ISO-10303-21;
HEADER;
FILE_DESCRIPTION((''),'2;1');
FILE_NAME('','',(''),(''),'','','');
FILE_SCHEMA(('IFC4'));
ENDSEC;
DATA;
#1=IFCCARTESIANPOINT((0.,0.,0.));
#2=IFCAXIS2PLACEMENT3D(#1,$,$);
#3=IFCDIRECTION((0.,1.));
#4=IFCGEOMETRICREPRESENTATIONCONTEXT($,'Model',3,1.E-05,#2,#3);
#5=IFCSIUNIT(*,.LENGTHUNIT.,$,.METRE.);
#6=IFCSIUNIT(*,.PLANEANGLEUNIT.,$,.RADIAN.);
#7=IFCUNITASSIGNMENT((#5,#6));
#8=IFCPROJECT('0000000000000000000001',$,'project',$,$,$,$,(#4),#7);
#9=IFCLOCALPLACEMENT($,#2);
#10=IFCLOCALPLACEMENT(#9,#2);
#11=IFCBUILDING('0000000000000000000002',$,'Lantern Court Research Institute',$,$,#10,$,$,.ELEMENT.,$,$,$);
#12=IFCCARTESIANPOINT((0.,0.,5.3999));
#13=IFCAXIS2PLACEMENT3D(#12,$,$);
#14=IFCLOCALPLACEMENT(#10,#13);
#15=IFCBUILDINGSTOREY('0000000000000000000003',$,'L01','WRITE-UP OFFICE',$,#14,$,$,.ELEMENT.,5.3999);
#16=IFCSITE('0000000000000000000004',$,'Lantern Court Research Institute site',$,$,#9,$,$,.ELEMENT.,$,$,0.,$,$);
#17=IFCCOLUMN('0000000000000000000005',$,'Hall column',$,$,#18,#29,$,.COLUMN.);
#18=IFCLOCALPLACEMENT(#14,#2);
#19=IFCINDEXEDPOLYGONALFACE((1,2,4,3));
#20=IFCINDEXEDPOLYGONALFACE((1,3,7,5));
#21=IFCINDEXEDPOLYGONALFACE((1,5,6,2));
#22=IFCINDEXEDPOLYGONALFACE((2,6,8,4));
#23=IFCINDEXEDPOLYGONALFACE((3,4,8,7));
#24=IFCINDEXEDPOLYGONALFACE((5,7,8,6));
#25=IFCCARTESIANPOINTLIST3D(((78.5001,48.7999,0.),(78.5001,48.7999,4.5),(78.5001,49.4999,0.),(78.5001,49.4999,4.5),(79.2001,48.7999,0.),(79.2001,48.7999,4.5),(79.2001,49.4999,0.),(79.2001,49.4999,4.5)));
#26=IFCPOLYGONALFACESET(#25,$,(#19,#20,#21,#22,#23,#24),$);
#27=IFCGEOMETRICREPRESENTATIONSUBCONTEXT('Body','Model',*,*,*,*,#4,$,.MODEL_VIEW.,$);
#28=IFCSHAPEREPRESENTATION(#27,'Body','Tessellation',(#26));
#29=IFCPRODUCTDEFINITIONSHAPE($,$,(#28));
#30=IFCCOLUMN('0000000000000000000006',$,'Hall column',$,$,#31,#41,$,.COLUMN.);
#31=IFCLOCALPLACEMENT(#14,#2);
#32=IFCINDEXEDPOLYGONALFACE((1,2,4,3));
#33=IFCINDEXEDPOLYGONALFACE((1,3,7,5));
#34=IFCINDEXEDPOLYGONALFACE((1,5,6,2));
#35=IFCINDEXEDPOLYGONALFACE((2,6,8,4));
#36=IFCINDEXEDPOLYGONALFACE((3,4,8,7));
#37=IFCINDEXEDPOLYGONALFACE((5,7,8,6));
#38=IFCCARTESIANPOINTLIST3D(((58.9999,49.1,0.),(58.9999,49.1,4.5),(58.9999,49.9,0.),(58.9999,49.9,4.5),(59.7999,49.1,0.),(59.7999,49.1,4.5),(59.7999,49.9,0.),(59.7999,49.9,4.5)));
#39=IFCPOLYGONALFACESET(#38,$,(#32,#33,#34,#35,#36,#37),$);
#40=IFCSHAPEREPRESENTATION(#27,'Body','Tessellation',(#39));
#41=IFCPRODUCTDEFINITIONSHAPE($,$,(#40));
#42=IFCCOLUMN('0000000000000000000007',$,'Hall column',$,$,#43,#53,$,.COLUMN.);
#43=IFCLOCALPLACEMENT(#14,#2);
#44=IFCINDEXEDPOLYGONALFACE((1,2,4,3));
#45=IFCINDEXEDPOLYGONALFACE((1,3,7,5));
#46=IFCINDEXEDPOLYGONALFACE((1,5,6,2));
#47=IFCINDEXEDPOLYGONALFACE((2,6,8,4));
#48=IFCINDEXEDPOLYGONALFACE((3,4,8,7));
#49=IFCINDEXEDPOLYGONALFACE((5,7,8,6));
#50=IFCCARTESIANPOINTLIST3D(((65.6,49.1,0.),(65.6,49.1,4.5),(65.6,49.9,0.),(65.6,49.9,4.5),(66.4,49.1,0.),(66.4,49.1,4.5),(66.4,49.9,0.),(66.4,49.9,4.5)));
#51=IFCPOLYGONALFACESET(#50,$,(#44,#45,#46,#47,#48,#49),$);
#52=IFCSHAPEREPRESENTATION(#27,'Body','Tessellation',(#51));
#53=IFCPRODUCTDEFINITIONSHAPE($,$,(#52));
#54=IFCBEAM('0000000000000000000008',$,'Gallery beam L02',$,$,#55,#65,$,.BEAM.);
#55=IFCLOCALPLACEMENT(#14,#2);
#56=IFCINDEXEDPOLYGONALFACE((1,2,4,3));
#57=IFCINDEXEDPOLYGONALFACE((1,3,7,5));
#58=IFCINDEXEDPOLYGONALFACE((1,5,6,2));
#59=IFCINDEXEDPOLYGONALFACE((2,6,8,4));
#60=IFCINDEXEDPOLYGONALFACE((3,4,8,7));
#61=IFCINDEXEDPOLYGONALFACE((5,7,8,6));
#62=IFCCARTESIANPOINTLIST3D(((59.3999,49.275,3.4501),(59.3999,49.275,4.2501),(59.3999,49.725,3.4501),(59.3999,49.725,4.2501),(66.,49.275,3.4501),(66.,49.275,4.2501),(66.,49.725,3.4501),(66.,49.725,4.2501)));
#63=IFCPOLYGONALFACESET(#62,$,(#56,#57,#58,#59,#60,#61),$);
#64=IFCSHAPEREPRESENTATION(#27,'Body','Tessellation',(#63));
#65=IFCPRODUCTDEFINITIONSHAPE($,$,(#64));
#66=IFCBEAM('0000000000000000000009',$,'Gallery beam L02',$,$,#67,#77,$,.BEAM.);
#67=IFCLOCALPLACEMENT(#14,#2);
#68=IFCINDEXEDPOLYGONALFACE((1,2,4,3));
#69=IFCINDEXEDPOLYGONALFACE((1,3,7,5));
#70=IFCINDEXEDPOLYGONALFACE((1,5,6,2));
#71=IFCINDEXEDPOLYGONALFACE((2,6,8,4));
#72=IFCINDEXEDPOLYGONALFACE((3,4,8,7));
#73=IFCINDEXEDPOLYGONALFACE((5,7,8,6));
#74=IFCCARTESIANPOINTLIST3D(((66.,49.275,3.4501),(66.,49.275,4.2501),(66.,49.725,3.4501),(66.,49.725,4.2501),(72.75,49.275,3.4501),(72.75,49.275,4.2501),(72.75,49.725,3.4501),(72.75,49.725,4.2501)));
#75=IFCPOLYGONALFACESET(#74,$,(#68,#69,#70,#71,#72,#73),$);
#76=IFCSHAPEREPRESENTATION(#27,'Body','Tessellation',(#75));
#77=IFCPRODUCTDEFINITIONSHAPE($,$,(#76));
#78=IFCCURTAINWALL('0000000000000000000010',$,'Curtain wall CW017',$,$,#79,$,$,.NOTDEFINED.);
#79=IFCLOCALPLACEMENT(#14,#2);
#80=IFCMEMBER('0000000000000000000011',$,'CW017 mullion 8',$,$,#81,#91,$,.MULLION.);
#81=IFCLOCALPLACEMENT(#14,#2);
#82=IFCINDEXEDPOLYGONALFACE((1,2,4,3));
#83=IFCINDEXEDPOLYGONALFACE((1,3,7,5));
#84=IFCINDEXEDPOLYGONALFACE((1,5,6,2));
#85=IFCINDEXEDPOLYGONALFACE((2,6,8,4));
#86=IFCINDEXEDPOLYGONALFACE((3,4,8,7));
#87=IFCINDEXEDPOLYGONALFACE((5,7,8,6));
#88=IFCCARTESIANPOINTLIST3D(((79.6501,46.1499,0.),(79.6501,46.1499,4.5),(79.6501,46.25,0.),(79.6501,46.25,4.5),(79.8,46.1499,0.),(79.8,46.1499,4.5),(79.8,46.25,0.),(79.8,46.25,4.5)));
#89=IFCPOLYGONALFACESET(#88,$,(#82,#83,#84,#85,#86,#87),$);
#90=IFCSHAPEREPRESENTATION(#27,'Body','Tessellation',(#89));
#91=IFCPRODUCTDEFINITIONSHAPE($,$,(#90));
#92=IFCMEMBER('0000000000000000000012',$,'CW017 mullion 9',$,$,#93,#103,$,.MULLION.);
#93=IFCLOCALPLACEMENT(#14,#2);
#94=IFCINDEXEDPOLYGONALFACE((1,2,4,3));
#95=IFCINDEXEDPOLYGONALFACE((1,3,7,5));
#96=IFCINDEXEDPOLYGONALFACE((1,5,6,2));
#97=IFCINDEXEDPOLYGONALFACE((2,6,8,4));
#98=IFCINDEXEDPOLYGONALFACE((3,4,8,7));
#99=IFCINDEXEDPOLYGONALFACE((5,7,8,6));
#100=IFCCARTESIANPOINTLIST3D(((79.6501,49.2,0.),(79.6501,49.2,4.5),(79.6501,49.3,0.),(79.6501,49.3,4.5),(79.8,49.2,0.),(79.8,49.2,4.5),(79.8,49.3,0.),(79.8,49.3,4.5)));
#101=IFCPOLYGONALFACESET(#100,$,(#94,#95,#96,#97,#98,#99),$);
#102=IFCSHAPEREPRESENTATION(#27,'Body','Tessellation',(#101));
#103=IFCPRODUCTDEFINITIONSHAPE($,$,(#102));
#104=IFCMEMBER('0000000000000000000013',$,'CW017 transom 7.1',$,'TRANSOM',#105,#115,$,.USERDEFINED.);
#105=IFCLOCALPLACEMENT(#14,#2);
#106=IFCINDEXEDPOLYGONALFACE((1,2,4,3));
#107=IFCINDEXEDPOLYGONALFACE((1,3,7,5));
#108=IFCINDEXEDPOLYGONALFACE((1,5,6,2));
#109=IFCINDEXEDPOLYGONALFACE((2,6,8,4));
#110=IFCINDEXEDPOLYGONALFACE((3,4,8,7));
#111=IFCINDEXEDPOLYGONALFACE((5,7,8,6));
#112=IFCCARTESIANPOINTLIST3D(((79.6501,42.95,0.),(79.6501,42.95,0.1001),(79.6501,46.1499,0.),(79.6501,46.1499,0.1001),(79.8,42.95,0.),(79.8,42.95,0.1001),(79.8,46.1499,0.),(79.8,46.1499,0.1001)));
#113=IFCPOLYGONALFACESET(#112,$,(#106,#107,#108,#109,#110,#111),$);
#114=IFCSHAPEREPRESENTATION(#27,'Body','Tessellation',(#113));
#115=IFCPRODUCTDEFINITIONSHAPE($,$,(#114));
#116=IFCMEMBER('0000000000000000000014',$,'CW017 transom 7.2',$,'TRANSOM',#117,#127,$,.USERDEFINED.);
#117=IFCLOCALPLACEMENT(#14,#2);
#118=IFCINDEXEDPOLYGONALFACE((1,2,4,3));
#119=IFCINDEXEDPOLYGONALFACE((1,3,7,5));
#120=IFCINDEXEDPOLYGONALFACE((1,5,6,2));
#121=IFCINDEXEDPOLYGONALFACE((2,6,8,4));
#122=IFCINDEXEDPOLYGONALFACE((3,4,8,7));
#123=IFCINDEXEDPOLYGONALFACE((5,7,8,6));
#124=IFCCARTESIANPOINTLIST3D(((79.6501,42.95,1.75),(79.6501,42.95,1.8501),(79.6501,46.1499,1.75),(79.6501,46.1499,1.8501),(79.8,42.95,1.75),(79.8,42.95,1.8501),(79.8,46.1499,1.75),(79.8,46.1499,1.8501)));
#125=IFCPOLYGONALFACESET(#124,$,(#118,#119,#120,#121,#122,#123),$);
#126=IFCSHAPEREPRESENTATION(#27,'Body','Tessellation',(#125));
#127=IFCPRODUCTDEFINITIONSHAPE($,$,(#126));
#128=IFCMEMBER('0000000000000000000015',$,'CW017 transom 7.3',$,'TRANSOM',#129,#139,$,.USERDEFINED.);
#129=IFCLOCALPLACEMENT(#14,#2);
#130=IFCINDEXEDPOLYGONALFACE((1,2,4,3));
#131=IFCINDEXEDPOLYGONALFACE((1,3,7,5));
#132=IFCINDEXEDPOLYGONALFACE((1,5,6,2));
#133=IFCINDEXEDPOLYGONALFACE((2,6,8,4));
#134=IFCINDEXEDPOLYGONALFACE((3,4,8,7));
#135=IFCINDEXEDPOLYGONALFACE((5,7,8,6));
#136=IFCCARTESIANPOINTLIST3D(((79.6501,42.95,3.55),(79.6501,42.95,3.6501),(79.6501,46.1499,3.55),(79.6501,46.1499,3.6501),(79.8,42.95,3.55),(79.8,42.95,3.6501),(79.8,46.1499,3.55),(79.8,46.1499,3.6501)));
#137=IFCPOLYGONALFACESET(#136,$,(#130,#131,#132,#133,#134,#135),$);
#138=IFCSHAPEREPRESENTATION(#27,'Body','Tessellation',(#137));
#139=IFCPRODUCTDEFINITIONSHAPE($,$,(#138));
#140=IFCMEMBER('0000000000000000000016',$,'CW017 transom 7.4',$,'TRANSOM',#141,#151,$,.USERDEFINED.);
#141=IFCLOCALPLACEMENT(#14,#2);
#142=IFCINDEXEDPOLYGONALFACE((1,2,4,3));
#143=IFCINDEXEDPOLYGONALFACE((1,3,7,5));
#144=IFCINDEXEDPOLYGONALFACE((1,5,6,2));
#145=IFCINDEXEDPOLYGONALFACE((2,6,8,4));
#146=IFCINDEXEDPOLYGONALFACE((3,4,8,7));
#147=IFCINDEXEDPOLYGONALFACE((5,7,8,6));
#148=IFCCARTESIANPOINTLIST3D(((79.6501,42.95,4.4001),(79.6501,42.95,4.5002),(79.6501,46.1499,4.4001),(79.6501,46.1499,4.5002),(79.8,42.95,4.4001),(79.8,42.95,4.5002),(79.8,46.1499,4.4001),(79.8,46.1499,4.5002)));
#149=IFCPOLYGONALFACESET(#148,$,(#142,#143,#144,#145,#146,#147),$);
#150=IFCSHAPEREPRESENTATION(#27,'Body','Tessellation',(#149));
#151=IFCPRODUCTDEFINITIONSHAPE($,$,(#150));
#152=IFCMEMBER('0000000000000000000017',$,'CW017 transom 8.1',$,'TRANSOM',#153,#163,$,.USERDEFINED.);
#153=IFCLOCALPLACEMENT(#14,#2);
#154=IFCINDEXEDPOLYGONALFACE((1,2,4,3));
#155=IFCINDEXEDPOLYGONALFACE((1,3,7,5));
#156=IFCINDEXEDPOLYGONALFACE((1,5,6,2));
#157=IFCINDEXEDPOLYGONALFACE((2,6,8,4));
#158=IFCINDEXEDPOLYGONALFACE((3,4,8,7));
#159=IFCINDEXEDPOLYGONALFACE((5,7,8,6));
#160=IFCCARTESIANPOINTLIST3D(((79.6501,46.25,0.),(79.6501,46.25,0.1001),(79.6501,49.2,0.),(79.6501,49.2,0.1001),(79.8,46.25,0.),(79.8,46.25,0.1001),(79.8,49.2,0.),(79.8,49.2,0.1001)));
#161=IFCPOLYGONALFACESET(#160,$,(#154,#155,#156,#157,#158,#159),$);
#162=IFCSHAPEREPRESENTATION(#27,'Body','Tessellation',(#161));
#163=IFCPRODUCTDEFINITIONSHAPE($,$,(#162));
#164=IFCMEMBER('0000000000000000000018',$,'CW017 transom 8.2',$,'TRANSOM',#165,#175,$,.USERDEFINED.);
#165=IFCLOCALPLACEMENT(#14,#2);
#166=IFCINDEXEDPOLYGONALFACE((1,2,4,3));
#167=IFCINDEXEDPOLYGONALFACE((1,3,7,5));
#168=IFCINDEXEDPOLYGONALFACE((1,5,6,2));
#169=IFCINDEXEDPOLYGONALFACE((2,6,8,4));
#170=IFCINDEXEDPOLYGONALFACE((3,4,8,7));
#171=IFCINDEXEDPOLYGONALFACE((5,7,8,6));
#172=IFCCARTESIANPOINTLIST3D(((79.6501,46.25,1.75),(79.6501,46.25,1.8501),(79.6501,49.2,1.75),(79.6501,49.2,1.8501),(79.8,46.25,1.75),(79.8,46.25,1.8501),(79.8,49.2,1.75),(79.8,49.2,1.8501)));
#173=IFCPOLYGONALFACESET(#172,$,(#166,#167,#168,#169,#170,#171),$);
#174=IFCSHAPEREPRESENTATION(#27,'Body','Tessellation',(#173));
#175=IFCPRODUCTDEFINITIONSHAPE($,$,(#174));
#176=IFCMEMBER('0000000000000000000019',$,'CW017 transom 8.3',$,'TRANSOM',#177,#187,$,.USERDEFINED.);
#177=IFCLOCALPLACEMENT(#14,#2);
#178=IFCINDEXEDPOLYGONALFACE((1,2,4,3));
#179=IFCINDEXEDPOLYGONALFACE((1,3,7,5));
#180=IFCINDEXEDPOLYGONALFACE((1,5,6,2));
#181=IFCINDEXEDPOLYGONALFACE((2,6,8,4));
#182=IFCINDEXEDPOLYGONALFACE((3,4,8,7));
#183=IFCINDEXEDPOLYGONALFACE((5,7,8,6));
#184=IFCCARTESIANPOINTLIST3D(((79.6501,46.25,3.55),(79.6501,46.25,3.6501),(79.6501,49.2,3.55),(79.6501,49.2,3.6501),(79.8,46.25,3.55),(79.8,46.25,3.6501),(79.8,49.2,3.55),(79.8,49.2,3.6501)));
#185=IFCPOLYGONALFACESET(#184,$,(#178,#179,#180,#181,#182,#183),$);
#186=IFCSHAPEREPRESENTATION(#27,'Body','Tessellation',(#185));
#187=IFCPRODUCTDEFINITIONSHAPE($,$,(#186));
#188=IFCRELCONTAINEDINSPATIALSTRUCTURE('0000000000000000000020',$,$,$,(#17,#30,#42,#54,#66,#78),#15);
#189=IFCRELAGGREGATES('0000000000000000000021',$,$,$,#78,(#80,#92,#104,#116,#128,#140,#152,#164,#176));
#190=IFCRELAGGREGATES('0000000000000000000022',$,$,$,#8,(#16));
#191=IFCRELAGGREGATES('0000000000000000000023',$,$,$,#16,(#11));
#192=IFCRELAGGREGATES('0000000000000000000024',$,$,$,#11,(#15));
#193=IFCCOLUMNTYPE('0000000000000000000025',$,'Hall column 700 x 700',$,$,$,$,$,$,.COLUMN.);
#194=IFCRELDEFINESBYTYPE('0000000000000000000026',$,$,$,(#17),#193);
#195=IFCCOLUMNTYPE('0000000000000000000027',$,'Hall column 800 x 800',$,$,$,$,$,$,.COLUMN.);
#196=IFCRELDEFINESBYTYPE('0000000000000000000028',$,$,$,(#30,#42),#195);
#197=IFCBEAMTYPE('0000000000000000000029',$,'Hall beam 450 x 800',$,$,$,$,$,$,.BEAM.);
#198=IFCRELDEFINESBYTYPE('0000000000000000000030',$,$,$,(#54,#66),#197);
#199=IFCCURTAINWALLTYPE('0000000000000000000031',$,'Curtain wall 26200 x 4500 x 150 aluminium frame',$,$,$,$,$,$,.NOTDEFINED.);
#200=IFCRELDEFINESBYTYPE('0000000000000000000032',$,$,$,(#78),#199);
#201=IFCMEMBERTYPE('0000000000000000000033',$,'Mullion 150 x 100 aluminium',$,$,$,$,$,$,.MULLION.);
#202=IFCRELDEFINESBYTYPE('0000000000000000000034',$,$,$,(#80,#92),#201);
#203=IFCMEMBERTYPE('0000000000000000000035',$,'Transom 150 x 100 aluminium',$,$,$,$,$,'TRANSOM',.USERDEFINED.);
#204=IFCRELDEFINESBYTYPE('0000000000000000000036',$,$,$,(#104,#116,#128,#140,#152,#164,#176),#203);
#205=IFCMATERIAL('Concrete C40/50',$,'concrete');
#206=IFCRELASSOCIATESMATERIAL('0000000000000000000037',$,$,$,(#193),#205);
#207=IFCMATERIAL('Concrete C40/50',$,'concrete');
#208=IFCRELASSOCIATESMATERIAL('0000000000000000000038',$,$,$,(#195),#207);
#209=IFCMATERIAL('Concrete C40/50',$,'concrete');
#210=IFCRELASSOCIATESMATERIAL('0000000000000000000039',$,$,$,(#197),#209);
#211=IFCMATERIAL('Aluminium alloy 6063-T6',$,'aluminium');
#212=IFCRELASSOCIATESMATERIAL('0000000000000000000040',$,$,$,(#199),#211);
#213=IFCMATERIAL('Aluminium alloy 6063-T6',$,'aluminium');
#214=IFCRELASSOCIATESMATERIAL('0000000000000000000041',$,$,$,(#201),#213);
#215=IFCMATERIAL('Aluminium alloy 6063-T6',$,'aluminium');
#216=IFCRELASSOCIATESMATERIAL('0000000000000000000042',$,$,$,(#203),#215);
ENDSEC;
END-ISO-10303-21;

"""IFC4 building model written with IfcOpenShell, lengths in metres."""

from ifc_helpers import new_model, si_unit, direction, frame, origin, origin_2d, place, context, subcontext, project, spatial, rectangle, extrude, material, material_profile, profile_set, type_object, element, aggregate, save


model = new_model("IFC4")

# Units and contexts
model_context = context("Model", 3, precision=1e-05, world=origin(), true_north=direction((0.0, 1.0)))
body_context = subcontext(model_context, "Body", "Model", "MODEL_VIEW")
ifc_project = project(units=[si_unit("LENGTHUNIT", "METRE"), si_unit("PLANEANGLEUNIT", "RADIAN")], contexts=[model_context])

# Site, building, storey
site_placement = place(None, origin())
site = spatial("IfcSite", under=ifc_project, at=site_placement, Name="Lantern Court Research Institute site", CompositionType="ELEMENT", RefElevation=0.0)
building_placement = place(site_placement, origin())
building = spatial("IfcBuilding", under=site, at=building_placement, Name="Lantern Court Research Institute", CompositionType="ELEMENT")
storey_placement = place(building_placement, frame((0.0, 0.0, 5.3999)))
storey = spatial("IfcBuildingStorey", under=building, at=storey_placement, Name="L01", Description="WRITE-UP OFFICE", CompositionType="ELEMENT", Elevation=5.3999)

# Columns
ifc_material_1 = material(Name="Concrete C40/50", Category="concrete")
ifc_material_profile_1 = material_profile(ifc_material_1, rectangle(XDim=0.7, YDim=0.7, at=origin_2d()), Name="Hall column 700 x 700")
ifc_profile_set_1 = profile_set([ifc_material_profile_1], Name="Concrete C40/50")
column_type_1 = type_object("IfcColumnType", Name="Hall column 700 x 700", PredefinedType="COLUMN", material=ifc_profile_set_1)
column_placement = place(storey_placement, frame((78.8501, 49.1499, 0.0), z_axis=(0.0, 0.0, 1.0), x_axis=(1.0, 0.0, 0.0)))
element("IfcColumn", 1, at=column_placement, inside=storey, type_object=column_type_1, Name="Hall column", PredefinedType="COLUMN", context=body_context, shape_type="SweptSolid", body=[
    extrude(rectangle(XDim=0.7, YDim=0.7, at=origin_2d()), origin(), (0.0, 0.0, 1.0), 4.5),
])
ifc_material_2 = material(Name="Concrete C40/50", Category="concrete")
ifc_material_profile_2 = material_profile(ifc_material_2, rectangle(XDim=0.8, YDim=0.8, at=origin_2d()), Name="Hall column 800 x 800")
ifc_profile_set_2 = profile_set([ifc_material_profile_2], Name="Concrete C40/50")
column_type_2 = type_object("IfcColumnType", Name="Hall column 800 x 800", PredefinedType="COLUMN", material=ifc_profile_set_2)
for number, where, z_axis, x_axis, name in (
    (2, (59.3999, 49.5, 0.0), (0.0, 0.0, 1.0), (1.0, 0.0, 0.0), "Hall column"),
    (3, (66.0, 49.5, 0.0), (0.0, 0.0, 1.0), (1.0, 0.0, 0.0), "Hall column"),
):
    element("IfcColumn", number, at=place(storey_placement, frame(where, z_axis=z_axis, x_axis=x_axis)), inside=storey, type_object=column_type_2, Name=name, PredefinedType="COLUMN", context=body_context, shape_type="SweptSolid", body=[
        extrude(rectangle(XDim=0.8, YDim=0.8, at=origin_2d()), origin(), (0.0, 0.0, 1.0), 4.5),
    ])

# Beams
ifc_material_3 = material(Name="Concrete C40/50", Category="concrete")
ifc_material_profile_3 = material_profile(ifc_material_3, rectangle(XDim=0.45, YDim=0.8, at=origin_2d()), Name="Hall beam 450 x 800")
ifc_profile_set_3 = profile_set([ifc_material_profile_3], Name="Concrete C40/50")
beam_type = type_object("IfcBeamType", Name="Hall beam 450 x 800", PredefinedType="BEAM", material=ifc_profile_set_3)
beam_1_placement = place(storey_placement, frame((59.3999, 49.5, 3.8501), z_axis=(1.0, 0.0, 0.0), x_axis=(0.0, 1.0, 0.0)))
element("IfcBeam", 4, at=beam_1_placement, inside=storey, type_object=beam_type, Name="Gallery beam L02", PredefinedType="BEAM", context=body_context, shape_type="SweptSolid", body=[
    extrude(rectangle(XDim=0.45, YDim=0.8, at=origin_2d()), origin(), (0.0, 0.0, 1.0), 6.6001),
])
beam_2_placement = place(storey_placement, frame((66.0, 49.5, 3.8501), z_axis=(1.0, 0.0, 0.0), x_axis=(0.0, 1.0, 0.0)))
element("IfcBeam", 5, at=beam_2_placement, inside=storey, type_object=beam_type, Name="Gallery beam L02", PredefinedType="BEAM", context=body_context, shape_type="SweptSolid", body=[
    extrude(rectangle(XDim=0.45, YDim=0.8, at=origin_2d()), origin(), (0.0, 0.0, 1.0), 6.75),
])

# Curtain wall, members
ifc_material_4 = material(Name="Aluminium alloy 6063-T6", Category="aluminium")
curtain_wall_type = type_object("IfcCurtainWallType", Name="Curtain wall 26200 x 4500 x 150 aluminium frame", PredefinedType="NOTDEFINED", material=ifc_material_4)
curtain_wall_placement = place(storey_placement, origin())
curtain_wall = element("IfcCurtainWall", 6, at=curtain_wall_placement, inside=storey, type_object=curtain_wall_type, Name="Curtain wall CW017", PredefinedType="NOTDEFINED")
ifc_material_5 = material(Name="Aluminium alloy 6063-T6", Category="aluminium")
ifc_material_profile_4 = material_profile(ifc_material_5, rectangle(XDim=0.1499, YDim=0.1001, at=origin_2d()), Name="Mullion 150 x 100")
ifc_profile_set_4 = profile_set([ifc_material_profile_4], Name="Aluminium alloy 6063-T6")
member_type_1 = type_object("IfcMemberType", Name="Mullion 150 x 100 aluminium", PredefinedType="MULLION", material=ifc_profile_set_4)
member_1_placement = place(storey_placement, frame((79.7251, 46.2, 0.0), z_axis=(0.0, 0.0, 1.0), x_axis=(1.0, 0.0, 0.0)))
member_1 = element("IfcMember", 7, at=member_1_placement, type_object=member_type_1, Name="CW017 mullion 8", PredefinedType="MULLION", context=body_context, shape_type="SweptSolid", body=[
    extrude(rectangle(XDim=0.1499, YDim=0.1001, at=origin_2d()), origin(), (0.0, 0.0, 1.0), 4.5),
])
member_2_placement = place(storey_placement, frame((79.7251, 49.25, 0.0), z_axis=(0.0, 0.0, 1.0), x_axis=(1.0, 0.0, 0.0)))
member_2 = element("IfcMember", 8, at=member_2_placement, type_object=member_type_1, Name="CW017 mullion 9", PredefinedType="MULLION", context=body_context, shape_type="SweptSolid", body=[
    extrude(rectangle(XDim=0.1499, YDim=0.1001, at=origin_2d()), origin(), (0.0, 0.0, 1.0), 4.5),
])
ifc_material_6 = material(Name="Aluminium alloy 6063-T6", Category="aluminium")
ifc_material_profile_5 = material_profile(ifc_material_6, rectangle(XDim=0.1499, YDim=0.1001, at=origin_2d()), Name="Transom 150 x 100")
ifc_profile_set_5 = profile_set([ifc_material_profile_5], Name="Aluminium alloy 6063-T6")
member_type_2 = type_object("IfcMemberType", Name="Transom 150 x 100 aluminium", ElementType="TRANSOM", PredefinedType="USERDEFINED", material=ifc_profile_set_5)
member_3_placement = place(storey_placement, frame((79.7251, 46.1499, 0.05), z_axis=(0.0, -1.0, 0.0), x_axis=(1.0, 0.0, 0.0)))
member_3 = element("IfcMember", 9, at=member_3_placement, type_object=member_type_2, Name="CW017 transom 7.1", ObjectType="TRANSOM", PredefinedType="USERDEFINED", context=body_context, shape_type="SweptSolid", body=[
    extrude(rectangle(XDim=0.1499, YDim=0.1001, at=origin_2d()), origin(), (0.0, 0.0, 1.0), 3.2),
])
member_4_placement = place(storey_placement, frame((79.7251, 46.1499, 1.8), z_axis=(0.0, -1.0, 0.0), x_axis=(1.0, 0.0, 0.0)))
member_4 = element("IfcMember", 10, at=member_4_placement, type_object=member_type_2, Name="CW017 transom 7.2", ObjectType="TRANSOM", PredefinedType="USERDEFINED", context=body_context, shape_type="SweptSolid", body=[
    extrude(rectangle(XDim=0.1499, YDim=0.1001, at=origin_2d()), origin(), (0.0, 0.0, 1.0), 3.2),
])
member_5_placement = place(storey_placement, frame((79.7251, 46.1499, 3.6001), z_axis=(0.0, -1.0, 0.0), x_axis=(1.0, 0.0, 0.0)))
member_5 = element("IfcMember", 11, at=member_5_placement, type_object=member_type_2, Name="CW017 transom 7.3", ObjectType="TRANSOM", PredefinedType="USERDEFINED", context=body_context, shape_type="SweptSolid", body=[
    extrude(rectangle(XDim=0.1499, YDim=0.1001, at=origin_2d()), origin(), (0.0, 0.0, 1.0), 3.2),
])
member_6_placement = place(storey_placement, frame((79.7251, 46.1499, 4.4502), z_axis=(0.0, -1.0, 0.0), x_axis=(1.0, 0.0, 0.0)))
member_6 = element("IfcMember", 12, at=member_6_placement, type_object=member_type_2, Name="CW017 transom 7.4", ObjectType="TRANSOM", PredefinedType="USERDEFINED", context=body_context, shape_type="SweptSolid", body=[
    extrude(rectangle(XDim=0.1499, YDim=0.1001, at=origin_2d()), origin(), (0.0, 0.0, 1.0), 3.2),
])
member_7_placement = place(storey_placement, frame((79.7251, 49.2, 0.05), z_axis=(0.0, -1.0, 0.0), x_axis=(1.0, 0.0, 0.0)))
member_7 = element("IfcMember", 13, at=member_7_placement, type_object=member_type_2, Name="CW017 transom 8.1", ObjectType="TRANSOM", PredefinedType="USERDEFINED", context=body_context, shape_type="SweptSolid", body=[
    extrude(rectangle(XDim=0.1499, YDim=0.1001, at=origin_2d()), origin(), (0.0, 0.0, 1.0), 2.95),
])
member_8_placement = place(storey_placement, frame((79.7251, 49.2, 1.8), z_axis=(0.0, -1.0, 0.0), x_axis=(1.0, 0.0, 0.0)))
member_8 = element("IfcMember", 14, at=member_8_placement, type_object=member_type_2, Name="CW017 transom 8.2", ObjectType="TRANSOM", PredefinedType="USERDEFINED", context=body_context, shape_type="SweptSolid", body=[
    extrude(rectangle(XDim=0.1499, YDim=0.1001, at=origin_2d()), origin(), (0.0, 0.0, 1.0), 2.95),
])
member_9_placement = place(storey_placement, frame((79.7251, 49.2, 3.6001), z_axis=(0.0, -1.0, 0.0), x_axis=(1.0, 0.0, 0.0)))
member_9 = element("IfcMember", 15, at=member_9_placement, type_object=member_type_2, Name="CW017 transom 8.3", ObjectType="TRANSOM", PredefinedType="USERDEFINED", context=body_context, shape_type="SweptSolid", body=[
    extrude(rectangle(XDim=0.1499, YDim=0.1001, at=origin_2d()), origin(), (0.0, 0.0, 1.0), 2.95),
])
aggregate(curtain_wall, [member_1, member_2, member_3, member_4, member_5, member_6, member_7, member_8, member_9])

save(model, "model.ifc")
